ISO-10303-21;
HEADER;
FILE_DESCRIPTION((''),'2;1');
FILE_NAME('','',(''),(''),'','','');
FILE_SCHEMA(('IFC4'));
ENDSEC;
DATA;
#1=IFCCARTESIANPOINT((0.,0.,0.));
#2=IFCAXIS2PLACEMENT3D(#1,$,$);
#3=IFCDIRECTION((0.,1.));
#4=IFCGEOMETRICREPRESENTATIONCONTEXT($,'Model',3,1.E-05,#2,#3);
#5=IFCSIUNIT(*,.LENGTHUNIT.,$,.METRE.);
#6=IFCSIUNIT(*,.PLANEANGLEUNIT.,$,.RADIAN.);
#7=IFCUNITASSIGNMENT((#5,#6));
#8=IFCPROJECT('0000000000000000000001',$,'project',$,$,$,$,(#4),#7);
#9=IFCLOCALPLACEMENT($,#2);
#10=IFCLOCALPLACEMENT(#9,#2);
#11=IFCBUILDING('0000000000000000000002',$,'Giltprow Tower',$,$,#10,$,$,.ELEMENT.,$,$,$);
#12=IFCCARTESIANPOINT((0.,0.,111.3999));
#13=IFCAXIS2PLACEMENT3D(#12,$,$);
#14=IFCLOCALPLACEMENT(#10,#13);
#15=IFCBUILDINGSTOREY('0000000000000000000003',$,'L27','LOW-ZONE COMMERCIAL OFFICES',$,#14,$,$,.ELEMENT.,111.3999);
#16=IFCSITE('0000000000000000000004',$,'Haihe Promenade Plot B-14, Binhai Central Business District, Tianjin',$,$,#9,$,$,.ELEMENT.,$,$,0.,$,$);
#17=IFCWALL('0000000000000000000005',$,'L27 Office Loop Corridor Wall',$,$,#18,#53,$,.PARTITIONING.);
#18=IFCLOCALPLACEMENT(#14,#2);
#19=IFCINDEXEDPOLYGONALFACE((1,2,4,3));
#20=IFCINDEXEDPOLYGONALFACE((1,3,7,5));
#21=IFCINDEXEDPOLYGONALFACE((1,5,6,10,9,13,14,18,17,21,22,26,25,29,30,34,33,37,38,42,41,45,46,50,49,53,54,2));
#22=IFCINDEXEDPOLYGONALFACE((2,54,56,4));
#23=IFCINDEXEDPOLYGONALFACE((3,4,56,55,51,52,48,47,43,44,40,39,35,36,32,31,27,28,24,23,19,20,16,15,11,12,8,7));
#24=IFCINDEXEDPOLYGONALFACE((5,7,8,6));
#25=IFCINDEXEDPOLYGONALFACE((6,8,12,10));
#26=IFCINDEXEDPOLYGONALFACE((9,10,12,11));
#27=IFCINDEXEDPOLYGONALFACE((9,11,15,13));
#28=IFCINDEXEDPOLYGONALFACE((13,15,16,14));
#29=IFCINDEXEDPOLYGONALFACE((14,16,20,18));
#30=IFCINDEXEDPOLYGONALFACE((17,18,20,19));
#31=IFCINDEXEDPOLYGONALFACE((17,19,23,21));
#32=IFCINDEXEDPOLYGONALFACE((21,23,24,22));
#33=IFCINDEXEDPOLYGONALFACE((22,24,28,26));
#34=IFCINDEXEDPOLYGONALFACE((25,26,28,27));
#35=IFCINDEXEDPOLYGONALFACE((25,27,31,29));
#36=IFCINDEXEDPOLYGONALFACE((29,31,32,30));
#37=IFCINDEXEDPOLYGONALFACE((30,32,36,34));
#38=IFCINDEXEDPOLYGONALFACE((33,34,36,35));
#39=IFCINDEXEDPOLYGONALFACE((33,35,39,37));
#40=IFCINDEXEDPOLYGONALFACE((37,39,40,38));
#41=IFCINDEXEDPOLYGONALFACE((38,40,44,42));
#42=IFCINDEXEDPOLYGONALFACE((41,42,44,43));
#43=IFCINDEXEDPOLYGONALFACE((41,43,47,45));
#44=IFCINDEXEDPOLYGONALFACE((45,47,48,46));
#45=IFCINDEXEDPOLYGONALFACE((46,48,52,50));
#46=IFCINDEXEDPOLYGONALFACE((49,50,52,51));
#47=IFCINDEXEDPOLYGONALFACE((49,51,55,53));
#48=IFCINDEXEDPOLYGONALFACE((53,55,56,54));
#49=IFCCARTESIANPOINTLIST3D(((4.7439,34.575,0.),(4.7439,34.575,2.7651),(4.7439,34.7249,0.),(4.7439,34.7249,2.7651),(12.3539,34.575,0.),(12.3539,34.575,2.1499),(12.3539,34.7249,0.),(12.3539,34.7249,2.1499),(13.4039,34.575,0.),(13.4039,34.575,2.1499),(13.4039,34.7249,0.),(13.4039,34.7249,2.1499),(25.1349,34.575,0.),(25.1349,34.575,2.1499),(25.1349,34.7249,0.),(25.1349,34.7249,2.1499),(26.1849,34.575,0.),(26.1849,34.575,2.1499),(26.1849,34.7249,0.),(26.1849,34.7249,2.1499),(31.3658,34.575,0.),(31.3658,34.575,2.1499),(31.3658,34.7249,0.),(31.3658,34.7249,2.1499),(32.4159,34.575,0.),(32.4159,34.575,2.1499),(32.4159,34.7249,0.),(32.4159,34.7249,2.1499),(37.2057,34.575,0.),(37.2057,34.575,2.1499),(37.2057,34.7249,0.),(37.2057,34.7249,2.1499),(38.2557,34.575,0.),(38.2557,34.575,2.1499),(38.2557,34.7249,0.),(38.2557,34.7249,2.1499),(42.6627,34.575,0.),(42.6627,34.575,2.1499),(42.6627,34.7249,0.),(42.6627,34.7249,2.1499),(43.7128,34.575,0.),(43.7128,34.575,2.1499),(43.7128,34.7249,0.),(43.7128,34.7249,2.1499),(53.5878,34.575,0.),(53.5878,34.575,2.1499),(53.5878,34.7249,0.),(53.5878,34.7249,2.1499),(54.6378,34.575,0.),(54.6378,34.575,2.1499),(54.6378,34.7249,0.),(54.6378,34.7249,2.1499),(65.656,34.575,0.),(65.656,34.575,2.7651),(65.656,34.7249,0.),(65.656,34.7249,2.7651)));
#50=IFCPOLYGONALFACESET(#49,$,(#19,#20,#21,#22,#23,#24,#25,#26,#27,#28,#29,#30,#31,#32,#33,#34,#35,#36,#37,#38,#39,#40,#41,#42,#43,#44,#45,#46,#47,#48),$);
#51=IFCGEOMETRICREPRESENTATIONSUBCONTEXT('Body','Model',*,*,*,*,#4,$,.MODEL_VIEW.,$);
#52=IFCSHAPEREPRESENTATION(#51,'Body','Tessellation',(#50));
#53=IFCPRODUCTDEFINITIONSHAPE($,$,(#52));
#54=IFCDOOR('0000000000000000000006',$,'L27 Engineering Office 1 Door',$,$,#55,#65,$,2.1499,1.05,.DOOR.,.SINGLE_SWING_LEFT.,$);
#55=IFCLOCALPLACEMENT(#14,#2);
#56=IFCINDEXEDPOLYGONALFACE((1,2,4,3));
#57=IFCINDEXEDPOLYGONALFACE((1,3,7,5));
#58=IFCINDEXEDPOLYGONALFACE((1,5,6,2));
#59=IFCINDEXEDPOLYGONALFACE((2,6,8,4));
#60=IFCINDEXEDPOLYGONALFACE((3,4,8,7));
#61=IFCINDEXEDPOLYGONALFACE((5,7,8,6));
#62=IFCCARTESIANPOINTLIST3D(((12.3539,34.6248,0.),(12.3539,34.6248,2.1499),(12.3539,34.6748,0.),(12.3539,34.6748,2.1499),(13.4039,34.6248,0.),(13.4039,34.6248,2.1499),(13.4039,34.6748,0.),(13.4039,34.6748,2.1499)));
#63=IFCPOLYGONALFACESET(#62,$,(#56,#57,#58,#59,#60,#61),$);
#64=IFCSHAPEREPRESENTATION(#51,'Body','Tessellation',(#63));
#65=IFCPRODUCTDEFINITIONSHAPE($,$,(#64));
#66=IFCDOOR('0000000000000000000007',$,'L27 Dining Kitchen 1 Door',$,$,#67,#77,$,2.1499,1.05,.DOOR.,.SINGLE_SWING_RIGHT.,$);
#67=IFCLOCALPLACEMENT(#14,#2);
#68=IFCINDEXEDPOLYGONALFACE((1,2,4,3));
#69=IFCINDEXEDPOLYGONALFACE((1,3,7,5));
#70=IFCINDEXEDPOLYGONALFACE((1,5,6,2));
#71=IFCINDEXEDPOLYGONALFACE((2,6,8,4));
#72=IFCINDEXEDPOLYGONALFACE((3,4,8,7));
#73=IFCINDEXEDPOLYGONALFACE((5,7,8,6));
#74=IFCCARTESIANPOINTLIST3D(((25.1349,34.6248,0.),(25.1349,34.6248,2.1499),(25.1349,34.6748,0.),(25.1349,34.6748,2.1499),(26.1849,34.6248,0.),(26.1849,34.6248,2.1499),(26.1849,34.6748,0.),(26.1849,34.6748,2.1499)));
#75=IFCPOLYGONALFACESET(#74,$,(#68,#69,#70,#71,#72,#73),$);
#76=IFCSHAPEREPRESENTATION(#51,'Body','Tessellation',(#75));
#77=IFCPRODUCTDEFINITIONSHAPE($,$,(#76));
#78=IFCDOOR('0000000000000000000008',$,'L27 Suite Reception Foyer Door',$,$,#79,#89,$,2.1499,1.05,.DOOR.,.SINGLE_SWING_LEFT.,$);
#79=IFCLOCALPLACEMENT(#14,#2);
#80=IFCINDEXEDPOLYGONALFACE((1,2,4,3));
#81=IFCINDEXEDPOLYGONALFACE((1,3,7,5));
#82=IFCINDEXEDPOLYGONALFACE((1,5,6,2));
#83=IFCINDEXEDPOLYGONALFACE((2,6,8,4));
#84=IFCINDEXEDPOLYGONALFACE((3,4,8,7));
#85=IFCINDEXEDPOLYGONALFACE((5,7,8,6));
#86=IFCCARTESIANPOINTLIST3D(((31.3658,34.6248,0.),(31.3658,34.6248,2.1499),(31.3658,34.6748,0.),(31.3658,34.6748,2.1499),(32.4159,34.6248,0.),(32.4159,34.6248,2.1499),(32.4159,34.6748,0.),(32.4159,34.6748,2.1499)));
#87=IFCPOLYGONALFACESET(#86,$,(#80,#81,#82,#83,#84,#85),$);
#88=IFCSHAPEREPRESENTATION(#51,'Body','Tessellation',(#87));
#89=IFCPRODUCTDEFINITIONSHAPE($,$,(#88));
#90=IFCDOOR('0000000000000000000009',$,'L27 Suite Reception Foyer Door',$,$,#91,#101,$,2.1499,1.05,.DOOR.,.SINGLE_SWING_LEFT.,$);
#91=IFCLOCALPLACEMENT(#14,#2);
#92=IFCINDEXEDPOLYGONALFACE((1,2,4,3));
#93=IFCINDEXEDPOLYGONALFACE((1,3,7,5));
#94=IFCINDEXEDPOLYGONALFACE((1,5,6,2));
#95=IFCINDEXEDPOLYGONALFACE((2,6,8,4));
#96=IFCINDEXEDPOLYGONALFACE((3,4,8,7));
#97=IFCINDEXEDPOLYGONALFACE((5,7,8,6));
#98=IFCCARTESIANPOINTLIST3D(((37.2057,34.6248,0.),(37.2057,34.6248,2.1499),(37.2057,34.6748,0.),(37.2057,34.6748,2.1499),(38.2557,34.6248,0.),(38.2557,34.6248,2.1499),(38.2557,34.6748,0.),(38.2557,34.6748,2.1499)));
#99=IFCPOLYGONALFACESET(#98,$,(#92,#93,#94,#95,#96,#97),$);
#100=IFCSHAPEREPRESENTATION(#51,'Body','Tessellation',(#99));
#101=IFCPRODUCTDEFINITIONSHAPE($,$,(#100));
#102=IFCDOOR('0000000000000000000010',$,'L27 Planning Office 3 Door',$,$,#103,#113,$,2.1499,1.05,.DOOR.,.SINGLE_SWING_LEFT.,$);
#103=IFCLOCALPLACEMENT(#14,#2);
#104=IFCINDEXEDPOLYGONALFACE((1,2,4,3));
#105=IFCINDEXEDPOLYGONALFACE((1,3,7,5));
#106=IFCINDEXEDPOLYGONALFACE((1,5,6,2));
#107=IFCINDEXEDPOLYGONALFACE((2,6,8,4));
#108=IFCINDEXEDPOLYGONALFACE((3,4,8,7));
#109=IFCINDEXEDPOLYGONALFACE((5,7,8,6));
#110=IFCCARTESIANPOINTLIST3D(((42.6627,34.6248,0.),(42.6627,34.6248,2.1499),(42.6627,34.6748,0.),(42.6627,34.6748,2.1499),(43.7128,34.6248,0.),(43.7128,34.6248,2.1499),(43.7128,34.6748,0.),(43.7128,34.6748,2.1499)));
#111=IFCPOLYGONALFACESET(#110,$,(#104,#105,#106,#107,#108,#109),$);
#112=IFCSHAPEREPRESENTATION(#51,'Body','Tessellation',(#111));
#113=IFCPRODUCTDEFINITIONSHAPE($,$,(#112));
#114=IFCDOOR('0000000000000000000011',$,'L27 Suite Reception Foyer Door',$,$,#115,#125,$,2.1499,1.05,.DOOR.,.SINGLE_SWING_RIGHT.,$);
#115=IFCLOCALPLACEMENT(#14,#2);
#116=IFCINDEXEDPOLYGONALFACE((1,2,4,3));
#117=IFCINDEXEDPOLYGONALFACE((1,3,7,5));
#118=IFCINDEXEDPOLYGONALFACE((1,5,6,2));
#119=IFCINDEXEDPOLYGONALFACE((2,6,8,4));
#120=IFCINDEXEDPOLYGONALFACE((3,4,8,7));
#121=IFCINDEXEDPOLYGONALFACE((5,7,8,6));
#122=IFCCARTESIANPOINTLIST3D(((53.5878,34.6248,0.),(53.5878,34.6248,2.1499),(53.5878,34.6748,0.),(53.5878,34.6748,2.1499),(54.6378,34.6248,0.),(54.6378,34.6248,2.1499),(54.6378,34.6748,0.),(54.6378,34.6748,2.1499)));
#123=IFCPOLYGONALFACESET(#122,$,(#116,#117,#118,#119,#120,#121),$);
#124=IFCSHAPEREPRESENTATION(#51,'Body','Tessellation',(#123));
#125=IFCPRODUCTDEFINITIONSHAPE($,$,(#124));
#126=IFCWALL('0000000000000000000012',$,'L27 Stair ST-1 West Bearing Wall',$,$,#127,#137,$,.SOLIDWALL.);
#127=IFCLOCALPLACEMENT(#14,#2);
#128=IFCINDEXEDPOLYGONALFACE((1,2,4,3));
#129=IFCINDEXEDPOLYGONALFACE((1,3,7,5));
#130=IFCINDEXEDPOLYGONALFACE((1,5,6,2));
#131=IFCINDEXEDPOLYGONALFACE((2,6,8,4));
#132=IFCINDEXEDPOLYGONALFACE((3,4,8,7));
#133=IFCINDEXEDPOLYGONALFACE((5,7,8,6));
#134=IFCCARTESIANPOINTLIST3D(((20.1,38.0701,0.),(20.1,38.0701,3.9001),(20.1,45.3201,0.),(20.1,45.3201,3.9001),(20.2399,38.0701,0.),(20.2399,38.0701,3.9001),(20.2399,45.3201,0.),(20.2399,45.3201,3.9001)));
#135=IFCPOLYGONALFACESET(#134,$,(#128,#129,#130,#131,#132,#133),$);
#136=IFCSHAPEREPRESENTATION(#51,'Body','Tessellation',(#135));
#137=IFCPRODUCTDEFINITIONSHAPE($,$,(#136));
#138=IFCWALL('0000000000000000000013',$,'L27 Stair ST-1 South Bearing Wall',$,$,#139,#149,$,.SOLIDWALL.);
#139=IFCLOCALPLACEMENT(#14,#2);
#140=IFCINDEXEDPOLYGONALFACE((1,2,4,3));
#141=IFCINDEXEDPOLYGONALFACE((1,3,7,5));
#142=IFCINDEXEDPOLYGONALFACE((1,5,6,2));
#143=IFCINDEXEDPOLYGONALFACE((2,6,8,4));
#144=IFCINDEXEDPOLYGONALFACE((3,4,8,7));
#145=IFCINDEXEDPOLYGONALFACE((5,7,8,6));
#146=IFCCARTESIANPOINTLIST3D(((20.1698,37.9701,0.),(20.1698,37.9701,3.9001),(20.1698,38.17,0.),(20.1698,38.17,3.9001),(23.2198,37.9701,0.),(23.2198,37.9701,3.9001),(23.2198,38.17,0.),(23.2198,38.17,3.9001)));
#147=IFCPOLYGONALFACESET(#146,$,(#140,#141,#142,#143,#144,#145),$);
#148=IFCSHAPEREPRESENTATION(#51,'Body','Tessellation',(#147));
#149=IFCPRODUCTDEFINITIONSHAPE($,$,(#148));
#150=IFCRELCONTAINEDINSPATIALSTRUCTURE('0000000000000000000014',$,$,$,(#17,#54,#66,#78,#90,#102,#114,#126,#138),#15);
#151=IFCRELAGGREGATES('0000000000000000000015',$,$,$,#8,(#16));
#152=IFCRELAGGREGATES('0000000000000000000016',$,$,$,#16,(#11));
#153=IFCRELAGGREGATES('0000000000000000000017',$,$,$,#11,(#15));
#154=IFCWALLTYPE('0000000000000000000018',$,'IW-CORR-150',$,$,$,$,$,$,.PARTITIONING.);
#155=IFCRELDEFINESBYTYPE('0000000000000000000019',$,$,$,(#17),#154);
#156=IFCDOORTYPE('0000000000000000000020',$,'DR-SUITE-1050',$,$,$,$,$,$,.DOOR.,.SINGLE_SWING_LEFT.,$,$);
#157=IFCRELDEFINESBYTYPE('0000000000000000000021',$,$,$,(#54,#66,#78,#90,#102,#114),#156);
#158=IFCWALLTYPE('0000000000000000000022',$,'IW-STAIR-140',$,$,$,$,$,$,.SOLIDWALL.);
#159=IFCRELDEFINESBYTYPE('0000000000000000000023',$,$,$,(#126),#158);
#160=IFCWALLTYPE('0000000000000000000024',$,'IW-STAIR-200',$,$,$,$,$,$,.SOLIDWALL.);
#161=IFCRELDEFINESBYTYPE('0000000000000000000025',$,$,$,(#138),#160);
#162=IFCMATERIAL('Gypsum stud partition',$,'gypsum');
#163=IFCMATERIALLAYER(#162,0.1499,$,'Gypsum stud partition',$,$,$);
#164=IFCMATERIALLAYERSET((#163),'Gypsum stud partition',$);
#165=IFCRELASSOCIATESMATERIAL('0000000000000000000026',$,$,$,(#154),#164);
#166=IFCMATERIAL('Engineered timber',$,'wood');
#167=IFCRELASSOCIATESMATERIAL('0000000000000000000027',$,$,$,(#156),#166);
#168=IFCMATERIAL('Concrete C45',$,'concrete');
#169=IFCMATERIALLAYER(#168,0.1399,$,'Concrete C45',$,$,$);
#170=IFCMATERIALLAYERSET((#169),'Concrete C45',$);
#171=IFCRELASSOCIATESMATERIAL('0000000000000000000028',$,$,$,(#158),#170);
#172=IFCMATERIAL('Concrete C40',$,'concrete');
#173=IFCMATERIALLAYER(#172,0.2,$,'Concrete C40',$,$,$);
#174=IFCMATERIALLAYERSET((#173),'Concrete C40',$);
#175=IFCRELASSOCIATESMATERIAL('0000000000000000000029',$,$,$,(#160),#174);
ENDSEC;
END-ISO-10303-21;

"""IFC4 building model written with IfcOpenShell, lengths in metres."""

from ifc_helpers import new_model, si_unit, direction, frame, frame_2d, origin, place, context, subcontext, project, spatial, rectangle, extrude, source, transform, mapped, material, layer, layer_set, type_object, element, fill, save


model = new_model("IFC4")

# Units and contexts
model_context = context("Model", 3, precision=1e-05, world=origin(), true_north=direction((0.0, 1.0)))
body_context = subcontext(model_context, "Body", "Model", "MODEL_VIEW")
ifc_project = project(units=[si_unit("LENGTHUNIT", "METRE"), si_unit("PLANEANGLEUNIT", "RADIAN")], contexts=[model_context])

# Site, building, storey
site_placement = place(None, origin())
site = spatial("IfcSite", under=ifc_project, at=site_placement, Name="Haihe Promenade Plot B-14, Binhai Central Business District, Tianjin", CompositionType="ELEMENT", RefElevation=0.0)
building_placement = place(site_placement, origin())
building = spatial("IfcBuilding", under=site, at=building_placement, Name="Giltprow Tower", CompositionType="ELEMENT")
storey_placement = place(building_placement, frame((0.0, 0.0, 111.3999)))
storey = spatial("IfcBuildingStorey", under=building, at=storey_placement, Name="L27", Description="LOW-ZONE COMMERCIAL OFFICES", CompositionType="ELEMENT", Elevation=111.3999)

# Wall, openings, doors
ifc_material_1 = material(Name="Gypsum stud partition", Category="gypsum")
ifc_layer_1 = layer(ifc_material_1, 0.1499, Name="Gypsum stud partition")
ifc_layer_set_1 = layer_set([ifc_layer_1], Name="Gypsum stud partition")
wall_type_1 = type_object("IfcWallType", Name="IW-CORR-150", PredefinedType="PARTITIONING", material=ifc_layer_set_1)
wall_1_placement = place(storey_placement, frame((4.7439, 34.6499, 0.0), z_axis=(0.0, 0.0, 1.0), x_axis=(1.0, 0.0, 0.0)))
wall_1 = element("IfcWall", 1, at=wall_1_placement, inside=storey, type_object=wall_type_1, Name="L27 Office Loop Corridor Wall", PredefinedType="PARTITIONING", context=body_context, shape_type="SweptSolid", body=[
    extrude(rectangle(XDim=60.9121, YDim=0.1499, at=frame_2d((30.4561, 0.0))), origin(), (0.0, 0.0, 1.0), 2.7651),
])
opening_1_placement = place(wall_1_placement, frame((7.6101, 0.0, 0.0)))
opening_1 = element("IfcOpeningElement", 2, at=opening_1_placement, cuts=wall_1, PredefinedType="OPENING", context=body_context, shape_type="SweptSolid", body=[
    extrude(rectangle(XDim=1.05, YDim=2.1499, at=frame_2d((0.5249, 1.075))), frame((0.0, 0.085, 0.0), z_axis=(0.0, -1.0, 0.0), x_axis=(1.0, 0.0, 0.0)), (0.0, 0.0, 1.0), 0.1699),
])
opening_2_placement = place(wall_1_placement, frame((20.3911, 0.0, 0.0)))
opening_2 = element("IfcOpeningElement", 3, at=opening_2_placement, cuts=wall_1, PredefinedType="OPENING", context=body_context, shape_type="SweptSolid", body=[
    extrude(rectangle(XDim=1.05, YDim=2.1499, at=frame_2d((0.5249, 1.075))), frame((0.0, 0.085, 0.0), z_axis=(0.0, -1.0, 0.0), x_axis=(1.0, 0.0, 0.0)), (0.0, 0.0, 1.0), 0.1699),
])
opening_3_placement = place(wall_1_placement, frame((26.6221, 0.0, 0.0)))
opening_3 = element("IfcOpeningElement", 4, at=opening_3_placement, cuts=wall_1, PredefinedType="OPENING", context=body_context, shape_type="SweptSolid", body=[
    extrude(rectangle(XDim=1.05, YDim=2.1499, at=frame_2d((0.5249, 1.075))), frame((0.0, 0.085, 0.0), z_axis=(0.0, -1.0, 0.0), x_axis=(1.0, 0.0, 0.0)), (0.0, 0.0, 1.0), 0.1699),
])
opening_4_placement = place(wall_1_placement, frame((32.4619, 0.0, 0.0)))
opening_4 = element("IfcOpeningElement", 5, at=opening_4_placement, cuts=wall_1, PredefinedType="OPENING", context=body_context, shape_type="SweptSolid", body=[
    extrude(rectangle(XDim=1.05, YDim=2.1499, at=frame_2d((0.5249, 1.075))), frame((0.0, 0.085, 0.0), z_axis=(0.0, -1.0, 0.0), x_axis=(1.0, 0.0, 0.0)), (0.0, 0.0, 1.0), 0.1699),
])
opening_5_placement = place(wall_1_placement, frame((37.9189, 0.0, 0.0)))
opening_5 = element("IfcOpeningElement", 6, at=opening_5_placement, cuts=wall_1, PredefinedType="OPENING", context=body_context, shape_type="SweptSolid", body=[
    extrude(rectangle(XDim=1.05, YDim=2.1499, at=frame_2d((0.5249, 1.075))), frame((0.0, 0.085, 0.0), z_axis=(0.0, -1.0, 0.0), x_axis=(1.0, 0.0, 0.0)), (0.0, 0.0, 1.0), 0.1699),
])
opening_6_placement = place(wall_1_placement, frame((48.844, 0.0, 0.0)))
opening_6 = element("IfcOpeningElement", 7, at=opening_6_placement, cuts=wall_1, PredefinedType="OPENING", context=body_context, shape_type="SweptSolid", body=[
    extrude(rectangle(XDim=1.05, YDim=2.1499, at=frame_2d((0.5249, 1.075))), frame((0.0, 0.085, 0.0), z_axis=(0.0, -1.0, 0.0), x_axis=(1.0, 0.0, 0.0)), (0.0, 0.0, 1.0), 0.1699),
])
ifc_material_2 = material(Name="Engineered timber", Category="wood")
door_type_1 = type_object("IfcDoorType", Name="DR-SUITE-1050", OperationType="SINGLE_SWING_LEFT", PredefinedType="DOOR", material=ifc_material_2)
shared_shape_1 = source(origin(), body_context, "Body", "SweptSolid", [
    extrude(rectangle(XDim=1.05, YDim=2.1499, at=frame_2d((0.5249, 1.075))), frame((0.0, 0.0249, 0.0), z_axis=(0.0, -1.0, 0.0), x_axis=(1.0, 0.0, 0.0)), (0.0, 0.0, 1.0), 0.05),
])
door_1_placement = place(opening_1_placement, origin())
door_1 = element("IfcDoor", 8, at=door_1_placement, inside=storey, type_object=door_type_1, Name="L27 Engineering Office 1 Door", OperationType="SINGLE_SWING_LEFT", OverallHeight=2.1499, OverallWidth=1.05, PredefinedType="DOOR", context=body_context, shape_type="MappedRepresentation", body=[
    mapped(shared_shape_1, transform((0.0, 0.0, 0.0), x_axis=(1.0, 0.0, 0.0), y_axis=(0.0, 1.0, 0.0), z_axis=(0.0, 0.0, 1.0), scale=1.0)),
])
fill(opening_1, door_1)
door_2_placement = place(opening_2_placement, origin())
door_2 = element("IfcDoor", 9, at=door_2_placement, inside=storey, type_object=door_type_1, Name="L27 Dining Kitchen 1 Door", OperationType="SINGLE_SWING_RIGHT", OverallHeight=2.1499, OverallWidth=1.05, PredefinedType="DOOR", context=body_context, shape_type="MappedRepresentation", body=[
    mapped(shared_shape_1, transform((0.0, 0.0, 0.0), x_axis=(1.0, 0.0, 0.0), y_axis=(0.0, 1.0, 0.0), z_axis=(0.0, 0.0, 1.0), scale=1.0)),
])
fill(opening_2, door_2)
door_3_placement = place(opening_3_placement, origin())
door_3 = element("IfcDoor", 10, at=door_3_placement, inside=storey, type_object=door_type_1, Name="L27 Suite Reception Foyer Door", OperationType="SINGLE_SWING_LEFT", OverallHeight=2.1499, OverallWidth=1.05, PredefinedType="DOOR", context=body_context, shape_type="MappedRepresentation", body=[
    mapped(shared_shape_1, transform((0.0, 0.0, 0.0), x_axis=(1.0, 0.0, 0.0), y_axis=(0.0, 1.0, 0.0), z_axis=(0.0, 0.0, 1.0), scale=1.0)),
])
fill(opening_3, door_3)
door_4_placement = place(opening_4_placement, origin())
door_4 = element("IfcDoor", 11, at=door_4_placement, inside=storey, type_object=door_type_1, Name="L27 Suite Reception Foyer Door", OperationType="SINGLE_SWING_LEFT", OverallHeight=2.1499, OverallWidth=1.05, PredefinedType="DOOR", context=body_context, shape_type="MappedRepresentation", body=[
    mapped(shared_shape_1, transform((0.0, 0.0, 0.0), x_axis=(1.0, 0.0, 0.0), y_axis=(0.0, 1.0, 0.0), z_axis=(0.0, 0.0, 1.0), scale=1.0)),
])
fill(opening_4, door_4)
door_5_placement = place(opening_5_placement, origin())
door_5 = element("IfcDoor", 12, at=door_5_placement, inside=storey, type_object=door_type_1, Name="L27 Planning Office 3 Door", OperationType="SINGLE_SWING_LEFT", OverallHeight=2.1499, OverallWidth=1.05, PredefinedType="DOOR", context=body_context, shape_type="MappedRepresentation", body=[
    mapped(shared_shape_1, transform((0.0, 0.0, 0.0), x_axis=(1.0, 0.0, 0.0), y_axis=(0.0, 1.0, 0.0), z_axis=(0.0, 0.0, 1.0), scale=1.0)),
])
fill(opening_5, door_5)
door_6_placement = place(opening_6_placement, origin())
door_6 = element("IfcDoor", 13, at=door_6_placement, inside=storey, type_object=door_type_1, Name="L27 Suite Reception Foyer Door", OperationType="SINGLE_SWING_RIGHT", OverallHeight=2.1499, OverallWidth=1.05, PredefinedType="DOOR", context=body_context, shape_type="MappedRepresentation", body=[
    mapped(shared_shape_1, transform((0.0, 0.0, 0.0), x_axis=(1.0, 0.0, 0.0), y_axis=(0.0, 1.0, 0.0), z_axis=(0.0, 0.0, 1.0), scale=1.0)),
])
fill(opening_6, door_6)

# Walls
ifc_material_3 = material(Name="Concrete C45", Category="concrete")
ifc_layer_2 = layer(ifc_material_3, 0.1399, Name="Concrete C45")
ifc_layer_set_2 = layer_set([ifc_layer_2], Name="Concrete C45")
wall_type_2 = type_object("IfcWallType", Name="IW-STAIR-140", PredefinedType="SOLIDWALL", material=ifc_layer_set_2)
wall_2_placement = place(storey_placement, frame((20.1699, 38.0701, 0.0), z_axis=(0.0, 0.0, 1.0), x_axis=(0.0, 1.0, 0.0)))
element("IfcWall", 14, at=wall_2_placement, inside=storey, type_object=wall_type_2, Name="L27 Stair ST-1 West Bearing Wall", PredefinedType="SOLIDWALL", context=body_context, shape_type="SweptSolid", body=[
    extrude(rectangle(XDim=7.25, YDim=0.1399, at=frame_2d((3.625, 0.0))), origin(), (0.0, 0.0, 1.0), 3.9001),
])
ifc_material_4 = material(Name="Concrete C40", Category="concrete")
ifc_layer_3 = layer(ifc_material_4, 0.2, Name="Concrete C40")
ifc_layer_set_3 = layer_set([ifc_layer_3], Name="Concrete C40")
wall_type_3 = type_object("IfcWallType", Name="IW-STAIR-200", PredefinedType="SOLIDWALL", material=ifc_layer_set_3)
wall_3_placement = place(storey_placement, frame((20.1699, 38.0701, 0.0), z_axis=(0.0, 0.0, 1.0), x_axis=(1.0, 0.0, 0.0)))
element("IfcWall", 15, at=wall_3_placement, inside=storey, type_object=wall_type_3, Name="L27 Stair ST-1 South Bearing Wall", PredefinedType="SOLIDWALL", context=body_context, shape_type="SweptSolid", body=[
    extrude(rectangle(XDim=3.05, YDim=0.2, at=frame_2d((1.5249, 0.0))), origin(), (0.0, 0.0, 1.0), 3.9001),
])

save(model, "model.ifc")
